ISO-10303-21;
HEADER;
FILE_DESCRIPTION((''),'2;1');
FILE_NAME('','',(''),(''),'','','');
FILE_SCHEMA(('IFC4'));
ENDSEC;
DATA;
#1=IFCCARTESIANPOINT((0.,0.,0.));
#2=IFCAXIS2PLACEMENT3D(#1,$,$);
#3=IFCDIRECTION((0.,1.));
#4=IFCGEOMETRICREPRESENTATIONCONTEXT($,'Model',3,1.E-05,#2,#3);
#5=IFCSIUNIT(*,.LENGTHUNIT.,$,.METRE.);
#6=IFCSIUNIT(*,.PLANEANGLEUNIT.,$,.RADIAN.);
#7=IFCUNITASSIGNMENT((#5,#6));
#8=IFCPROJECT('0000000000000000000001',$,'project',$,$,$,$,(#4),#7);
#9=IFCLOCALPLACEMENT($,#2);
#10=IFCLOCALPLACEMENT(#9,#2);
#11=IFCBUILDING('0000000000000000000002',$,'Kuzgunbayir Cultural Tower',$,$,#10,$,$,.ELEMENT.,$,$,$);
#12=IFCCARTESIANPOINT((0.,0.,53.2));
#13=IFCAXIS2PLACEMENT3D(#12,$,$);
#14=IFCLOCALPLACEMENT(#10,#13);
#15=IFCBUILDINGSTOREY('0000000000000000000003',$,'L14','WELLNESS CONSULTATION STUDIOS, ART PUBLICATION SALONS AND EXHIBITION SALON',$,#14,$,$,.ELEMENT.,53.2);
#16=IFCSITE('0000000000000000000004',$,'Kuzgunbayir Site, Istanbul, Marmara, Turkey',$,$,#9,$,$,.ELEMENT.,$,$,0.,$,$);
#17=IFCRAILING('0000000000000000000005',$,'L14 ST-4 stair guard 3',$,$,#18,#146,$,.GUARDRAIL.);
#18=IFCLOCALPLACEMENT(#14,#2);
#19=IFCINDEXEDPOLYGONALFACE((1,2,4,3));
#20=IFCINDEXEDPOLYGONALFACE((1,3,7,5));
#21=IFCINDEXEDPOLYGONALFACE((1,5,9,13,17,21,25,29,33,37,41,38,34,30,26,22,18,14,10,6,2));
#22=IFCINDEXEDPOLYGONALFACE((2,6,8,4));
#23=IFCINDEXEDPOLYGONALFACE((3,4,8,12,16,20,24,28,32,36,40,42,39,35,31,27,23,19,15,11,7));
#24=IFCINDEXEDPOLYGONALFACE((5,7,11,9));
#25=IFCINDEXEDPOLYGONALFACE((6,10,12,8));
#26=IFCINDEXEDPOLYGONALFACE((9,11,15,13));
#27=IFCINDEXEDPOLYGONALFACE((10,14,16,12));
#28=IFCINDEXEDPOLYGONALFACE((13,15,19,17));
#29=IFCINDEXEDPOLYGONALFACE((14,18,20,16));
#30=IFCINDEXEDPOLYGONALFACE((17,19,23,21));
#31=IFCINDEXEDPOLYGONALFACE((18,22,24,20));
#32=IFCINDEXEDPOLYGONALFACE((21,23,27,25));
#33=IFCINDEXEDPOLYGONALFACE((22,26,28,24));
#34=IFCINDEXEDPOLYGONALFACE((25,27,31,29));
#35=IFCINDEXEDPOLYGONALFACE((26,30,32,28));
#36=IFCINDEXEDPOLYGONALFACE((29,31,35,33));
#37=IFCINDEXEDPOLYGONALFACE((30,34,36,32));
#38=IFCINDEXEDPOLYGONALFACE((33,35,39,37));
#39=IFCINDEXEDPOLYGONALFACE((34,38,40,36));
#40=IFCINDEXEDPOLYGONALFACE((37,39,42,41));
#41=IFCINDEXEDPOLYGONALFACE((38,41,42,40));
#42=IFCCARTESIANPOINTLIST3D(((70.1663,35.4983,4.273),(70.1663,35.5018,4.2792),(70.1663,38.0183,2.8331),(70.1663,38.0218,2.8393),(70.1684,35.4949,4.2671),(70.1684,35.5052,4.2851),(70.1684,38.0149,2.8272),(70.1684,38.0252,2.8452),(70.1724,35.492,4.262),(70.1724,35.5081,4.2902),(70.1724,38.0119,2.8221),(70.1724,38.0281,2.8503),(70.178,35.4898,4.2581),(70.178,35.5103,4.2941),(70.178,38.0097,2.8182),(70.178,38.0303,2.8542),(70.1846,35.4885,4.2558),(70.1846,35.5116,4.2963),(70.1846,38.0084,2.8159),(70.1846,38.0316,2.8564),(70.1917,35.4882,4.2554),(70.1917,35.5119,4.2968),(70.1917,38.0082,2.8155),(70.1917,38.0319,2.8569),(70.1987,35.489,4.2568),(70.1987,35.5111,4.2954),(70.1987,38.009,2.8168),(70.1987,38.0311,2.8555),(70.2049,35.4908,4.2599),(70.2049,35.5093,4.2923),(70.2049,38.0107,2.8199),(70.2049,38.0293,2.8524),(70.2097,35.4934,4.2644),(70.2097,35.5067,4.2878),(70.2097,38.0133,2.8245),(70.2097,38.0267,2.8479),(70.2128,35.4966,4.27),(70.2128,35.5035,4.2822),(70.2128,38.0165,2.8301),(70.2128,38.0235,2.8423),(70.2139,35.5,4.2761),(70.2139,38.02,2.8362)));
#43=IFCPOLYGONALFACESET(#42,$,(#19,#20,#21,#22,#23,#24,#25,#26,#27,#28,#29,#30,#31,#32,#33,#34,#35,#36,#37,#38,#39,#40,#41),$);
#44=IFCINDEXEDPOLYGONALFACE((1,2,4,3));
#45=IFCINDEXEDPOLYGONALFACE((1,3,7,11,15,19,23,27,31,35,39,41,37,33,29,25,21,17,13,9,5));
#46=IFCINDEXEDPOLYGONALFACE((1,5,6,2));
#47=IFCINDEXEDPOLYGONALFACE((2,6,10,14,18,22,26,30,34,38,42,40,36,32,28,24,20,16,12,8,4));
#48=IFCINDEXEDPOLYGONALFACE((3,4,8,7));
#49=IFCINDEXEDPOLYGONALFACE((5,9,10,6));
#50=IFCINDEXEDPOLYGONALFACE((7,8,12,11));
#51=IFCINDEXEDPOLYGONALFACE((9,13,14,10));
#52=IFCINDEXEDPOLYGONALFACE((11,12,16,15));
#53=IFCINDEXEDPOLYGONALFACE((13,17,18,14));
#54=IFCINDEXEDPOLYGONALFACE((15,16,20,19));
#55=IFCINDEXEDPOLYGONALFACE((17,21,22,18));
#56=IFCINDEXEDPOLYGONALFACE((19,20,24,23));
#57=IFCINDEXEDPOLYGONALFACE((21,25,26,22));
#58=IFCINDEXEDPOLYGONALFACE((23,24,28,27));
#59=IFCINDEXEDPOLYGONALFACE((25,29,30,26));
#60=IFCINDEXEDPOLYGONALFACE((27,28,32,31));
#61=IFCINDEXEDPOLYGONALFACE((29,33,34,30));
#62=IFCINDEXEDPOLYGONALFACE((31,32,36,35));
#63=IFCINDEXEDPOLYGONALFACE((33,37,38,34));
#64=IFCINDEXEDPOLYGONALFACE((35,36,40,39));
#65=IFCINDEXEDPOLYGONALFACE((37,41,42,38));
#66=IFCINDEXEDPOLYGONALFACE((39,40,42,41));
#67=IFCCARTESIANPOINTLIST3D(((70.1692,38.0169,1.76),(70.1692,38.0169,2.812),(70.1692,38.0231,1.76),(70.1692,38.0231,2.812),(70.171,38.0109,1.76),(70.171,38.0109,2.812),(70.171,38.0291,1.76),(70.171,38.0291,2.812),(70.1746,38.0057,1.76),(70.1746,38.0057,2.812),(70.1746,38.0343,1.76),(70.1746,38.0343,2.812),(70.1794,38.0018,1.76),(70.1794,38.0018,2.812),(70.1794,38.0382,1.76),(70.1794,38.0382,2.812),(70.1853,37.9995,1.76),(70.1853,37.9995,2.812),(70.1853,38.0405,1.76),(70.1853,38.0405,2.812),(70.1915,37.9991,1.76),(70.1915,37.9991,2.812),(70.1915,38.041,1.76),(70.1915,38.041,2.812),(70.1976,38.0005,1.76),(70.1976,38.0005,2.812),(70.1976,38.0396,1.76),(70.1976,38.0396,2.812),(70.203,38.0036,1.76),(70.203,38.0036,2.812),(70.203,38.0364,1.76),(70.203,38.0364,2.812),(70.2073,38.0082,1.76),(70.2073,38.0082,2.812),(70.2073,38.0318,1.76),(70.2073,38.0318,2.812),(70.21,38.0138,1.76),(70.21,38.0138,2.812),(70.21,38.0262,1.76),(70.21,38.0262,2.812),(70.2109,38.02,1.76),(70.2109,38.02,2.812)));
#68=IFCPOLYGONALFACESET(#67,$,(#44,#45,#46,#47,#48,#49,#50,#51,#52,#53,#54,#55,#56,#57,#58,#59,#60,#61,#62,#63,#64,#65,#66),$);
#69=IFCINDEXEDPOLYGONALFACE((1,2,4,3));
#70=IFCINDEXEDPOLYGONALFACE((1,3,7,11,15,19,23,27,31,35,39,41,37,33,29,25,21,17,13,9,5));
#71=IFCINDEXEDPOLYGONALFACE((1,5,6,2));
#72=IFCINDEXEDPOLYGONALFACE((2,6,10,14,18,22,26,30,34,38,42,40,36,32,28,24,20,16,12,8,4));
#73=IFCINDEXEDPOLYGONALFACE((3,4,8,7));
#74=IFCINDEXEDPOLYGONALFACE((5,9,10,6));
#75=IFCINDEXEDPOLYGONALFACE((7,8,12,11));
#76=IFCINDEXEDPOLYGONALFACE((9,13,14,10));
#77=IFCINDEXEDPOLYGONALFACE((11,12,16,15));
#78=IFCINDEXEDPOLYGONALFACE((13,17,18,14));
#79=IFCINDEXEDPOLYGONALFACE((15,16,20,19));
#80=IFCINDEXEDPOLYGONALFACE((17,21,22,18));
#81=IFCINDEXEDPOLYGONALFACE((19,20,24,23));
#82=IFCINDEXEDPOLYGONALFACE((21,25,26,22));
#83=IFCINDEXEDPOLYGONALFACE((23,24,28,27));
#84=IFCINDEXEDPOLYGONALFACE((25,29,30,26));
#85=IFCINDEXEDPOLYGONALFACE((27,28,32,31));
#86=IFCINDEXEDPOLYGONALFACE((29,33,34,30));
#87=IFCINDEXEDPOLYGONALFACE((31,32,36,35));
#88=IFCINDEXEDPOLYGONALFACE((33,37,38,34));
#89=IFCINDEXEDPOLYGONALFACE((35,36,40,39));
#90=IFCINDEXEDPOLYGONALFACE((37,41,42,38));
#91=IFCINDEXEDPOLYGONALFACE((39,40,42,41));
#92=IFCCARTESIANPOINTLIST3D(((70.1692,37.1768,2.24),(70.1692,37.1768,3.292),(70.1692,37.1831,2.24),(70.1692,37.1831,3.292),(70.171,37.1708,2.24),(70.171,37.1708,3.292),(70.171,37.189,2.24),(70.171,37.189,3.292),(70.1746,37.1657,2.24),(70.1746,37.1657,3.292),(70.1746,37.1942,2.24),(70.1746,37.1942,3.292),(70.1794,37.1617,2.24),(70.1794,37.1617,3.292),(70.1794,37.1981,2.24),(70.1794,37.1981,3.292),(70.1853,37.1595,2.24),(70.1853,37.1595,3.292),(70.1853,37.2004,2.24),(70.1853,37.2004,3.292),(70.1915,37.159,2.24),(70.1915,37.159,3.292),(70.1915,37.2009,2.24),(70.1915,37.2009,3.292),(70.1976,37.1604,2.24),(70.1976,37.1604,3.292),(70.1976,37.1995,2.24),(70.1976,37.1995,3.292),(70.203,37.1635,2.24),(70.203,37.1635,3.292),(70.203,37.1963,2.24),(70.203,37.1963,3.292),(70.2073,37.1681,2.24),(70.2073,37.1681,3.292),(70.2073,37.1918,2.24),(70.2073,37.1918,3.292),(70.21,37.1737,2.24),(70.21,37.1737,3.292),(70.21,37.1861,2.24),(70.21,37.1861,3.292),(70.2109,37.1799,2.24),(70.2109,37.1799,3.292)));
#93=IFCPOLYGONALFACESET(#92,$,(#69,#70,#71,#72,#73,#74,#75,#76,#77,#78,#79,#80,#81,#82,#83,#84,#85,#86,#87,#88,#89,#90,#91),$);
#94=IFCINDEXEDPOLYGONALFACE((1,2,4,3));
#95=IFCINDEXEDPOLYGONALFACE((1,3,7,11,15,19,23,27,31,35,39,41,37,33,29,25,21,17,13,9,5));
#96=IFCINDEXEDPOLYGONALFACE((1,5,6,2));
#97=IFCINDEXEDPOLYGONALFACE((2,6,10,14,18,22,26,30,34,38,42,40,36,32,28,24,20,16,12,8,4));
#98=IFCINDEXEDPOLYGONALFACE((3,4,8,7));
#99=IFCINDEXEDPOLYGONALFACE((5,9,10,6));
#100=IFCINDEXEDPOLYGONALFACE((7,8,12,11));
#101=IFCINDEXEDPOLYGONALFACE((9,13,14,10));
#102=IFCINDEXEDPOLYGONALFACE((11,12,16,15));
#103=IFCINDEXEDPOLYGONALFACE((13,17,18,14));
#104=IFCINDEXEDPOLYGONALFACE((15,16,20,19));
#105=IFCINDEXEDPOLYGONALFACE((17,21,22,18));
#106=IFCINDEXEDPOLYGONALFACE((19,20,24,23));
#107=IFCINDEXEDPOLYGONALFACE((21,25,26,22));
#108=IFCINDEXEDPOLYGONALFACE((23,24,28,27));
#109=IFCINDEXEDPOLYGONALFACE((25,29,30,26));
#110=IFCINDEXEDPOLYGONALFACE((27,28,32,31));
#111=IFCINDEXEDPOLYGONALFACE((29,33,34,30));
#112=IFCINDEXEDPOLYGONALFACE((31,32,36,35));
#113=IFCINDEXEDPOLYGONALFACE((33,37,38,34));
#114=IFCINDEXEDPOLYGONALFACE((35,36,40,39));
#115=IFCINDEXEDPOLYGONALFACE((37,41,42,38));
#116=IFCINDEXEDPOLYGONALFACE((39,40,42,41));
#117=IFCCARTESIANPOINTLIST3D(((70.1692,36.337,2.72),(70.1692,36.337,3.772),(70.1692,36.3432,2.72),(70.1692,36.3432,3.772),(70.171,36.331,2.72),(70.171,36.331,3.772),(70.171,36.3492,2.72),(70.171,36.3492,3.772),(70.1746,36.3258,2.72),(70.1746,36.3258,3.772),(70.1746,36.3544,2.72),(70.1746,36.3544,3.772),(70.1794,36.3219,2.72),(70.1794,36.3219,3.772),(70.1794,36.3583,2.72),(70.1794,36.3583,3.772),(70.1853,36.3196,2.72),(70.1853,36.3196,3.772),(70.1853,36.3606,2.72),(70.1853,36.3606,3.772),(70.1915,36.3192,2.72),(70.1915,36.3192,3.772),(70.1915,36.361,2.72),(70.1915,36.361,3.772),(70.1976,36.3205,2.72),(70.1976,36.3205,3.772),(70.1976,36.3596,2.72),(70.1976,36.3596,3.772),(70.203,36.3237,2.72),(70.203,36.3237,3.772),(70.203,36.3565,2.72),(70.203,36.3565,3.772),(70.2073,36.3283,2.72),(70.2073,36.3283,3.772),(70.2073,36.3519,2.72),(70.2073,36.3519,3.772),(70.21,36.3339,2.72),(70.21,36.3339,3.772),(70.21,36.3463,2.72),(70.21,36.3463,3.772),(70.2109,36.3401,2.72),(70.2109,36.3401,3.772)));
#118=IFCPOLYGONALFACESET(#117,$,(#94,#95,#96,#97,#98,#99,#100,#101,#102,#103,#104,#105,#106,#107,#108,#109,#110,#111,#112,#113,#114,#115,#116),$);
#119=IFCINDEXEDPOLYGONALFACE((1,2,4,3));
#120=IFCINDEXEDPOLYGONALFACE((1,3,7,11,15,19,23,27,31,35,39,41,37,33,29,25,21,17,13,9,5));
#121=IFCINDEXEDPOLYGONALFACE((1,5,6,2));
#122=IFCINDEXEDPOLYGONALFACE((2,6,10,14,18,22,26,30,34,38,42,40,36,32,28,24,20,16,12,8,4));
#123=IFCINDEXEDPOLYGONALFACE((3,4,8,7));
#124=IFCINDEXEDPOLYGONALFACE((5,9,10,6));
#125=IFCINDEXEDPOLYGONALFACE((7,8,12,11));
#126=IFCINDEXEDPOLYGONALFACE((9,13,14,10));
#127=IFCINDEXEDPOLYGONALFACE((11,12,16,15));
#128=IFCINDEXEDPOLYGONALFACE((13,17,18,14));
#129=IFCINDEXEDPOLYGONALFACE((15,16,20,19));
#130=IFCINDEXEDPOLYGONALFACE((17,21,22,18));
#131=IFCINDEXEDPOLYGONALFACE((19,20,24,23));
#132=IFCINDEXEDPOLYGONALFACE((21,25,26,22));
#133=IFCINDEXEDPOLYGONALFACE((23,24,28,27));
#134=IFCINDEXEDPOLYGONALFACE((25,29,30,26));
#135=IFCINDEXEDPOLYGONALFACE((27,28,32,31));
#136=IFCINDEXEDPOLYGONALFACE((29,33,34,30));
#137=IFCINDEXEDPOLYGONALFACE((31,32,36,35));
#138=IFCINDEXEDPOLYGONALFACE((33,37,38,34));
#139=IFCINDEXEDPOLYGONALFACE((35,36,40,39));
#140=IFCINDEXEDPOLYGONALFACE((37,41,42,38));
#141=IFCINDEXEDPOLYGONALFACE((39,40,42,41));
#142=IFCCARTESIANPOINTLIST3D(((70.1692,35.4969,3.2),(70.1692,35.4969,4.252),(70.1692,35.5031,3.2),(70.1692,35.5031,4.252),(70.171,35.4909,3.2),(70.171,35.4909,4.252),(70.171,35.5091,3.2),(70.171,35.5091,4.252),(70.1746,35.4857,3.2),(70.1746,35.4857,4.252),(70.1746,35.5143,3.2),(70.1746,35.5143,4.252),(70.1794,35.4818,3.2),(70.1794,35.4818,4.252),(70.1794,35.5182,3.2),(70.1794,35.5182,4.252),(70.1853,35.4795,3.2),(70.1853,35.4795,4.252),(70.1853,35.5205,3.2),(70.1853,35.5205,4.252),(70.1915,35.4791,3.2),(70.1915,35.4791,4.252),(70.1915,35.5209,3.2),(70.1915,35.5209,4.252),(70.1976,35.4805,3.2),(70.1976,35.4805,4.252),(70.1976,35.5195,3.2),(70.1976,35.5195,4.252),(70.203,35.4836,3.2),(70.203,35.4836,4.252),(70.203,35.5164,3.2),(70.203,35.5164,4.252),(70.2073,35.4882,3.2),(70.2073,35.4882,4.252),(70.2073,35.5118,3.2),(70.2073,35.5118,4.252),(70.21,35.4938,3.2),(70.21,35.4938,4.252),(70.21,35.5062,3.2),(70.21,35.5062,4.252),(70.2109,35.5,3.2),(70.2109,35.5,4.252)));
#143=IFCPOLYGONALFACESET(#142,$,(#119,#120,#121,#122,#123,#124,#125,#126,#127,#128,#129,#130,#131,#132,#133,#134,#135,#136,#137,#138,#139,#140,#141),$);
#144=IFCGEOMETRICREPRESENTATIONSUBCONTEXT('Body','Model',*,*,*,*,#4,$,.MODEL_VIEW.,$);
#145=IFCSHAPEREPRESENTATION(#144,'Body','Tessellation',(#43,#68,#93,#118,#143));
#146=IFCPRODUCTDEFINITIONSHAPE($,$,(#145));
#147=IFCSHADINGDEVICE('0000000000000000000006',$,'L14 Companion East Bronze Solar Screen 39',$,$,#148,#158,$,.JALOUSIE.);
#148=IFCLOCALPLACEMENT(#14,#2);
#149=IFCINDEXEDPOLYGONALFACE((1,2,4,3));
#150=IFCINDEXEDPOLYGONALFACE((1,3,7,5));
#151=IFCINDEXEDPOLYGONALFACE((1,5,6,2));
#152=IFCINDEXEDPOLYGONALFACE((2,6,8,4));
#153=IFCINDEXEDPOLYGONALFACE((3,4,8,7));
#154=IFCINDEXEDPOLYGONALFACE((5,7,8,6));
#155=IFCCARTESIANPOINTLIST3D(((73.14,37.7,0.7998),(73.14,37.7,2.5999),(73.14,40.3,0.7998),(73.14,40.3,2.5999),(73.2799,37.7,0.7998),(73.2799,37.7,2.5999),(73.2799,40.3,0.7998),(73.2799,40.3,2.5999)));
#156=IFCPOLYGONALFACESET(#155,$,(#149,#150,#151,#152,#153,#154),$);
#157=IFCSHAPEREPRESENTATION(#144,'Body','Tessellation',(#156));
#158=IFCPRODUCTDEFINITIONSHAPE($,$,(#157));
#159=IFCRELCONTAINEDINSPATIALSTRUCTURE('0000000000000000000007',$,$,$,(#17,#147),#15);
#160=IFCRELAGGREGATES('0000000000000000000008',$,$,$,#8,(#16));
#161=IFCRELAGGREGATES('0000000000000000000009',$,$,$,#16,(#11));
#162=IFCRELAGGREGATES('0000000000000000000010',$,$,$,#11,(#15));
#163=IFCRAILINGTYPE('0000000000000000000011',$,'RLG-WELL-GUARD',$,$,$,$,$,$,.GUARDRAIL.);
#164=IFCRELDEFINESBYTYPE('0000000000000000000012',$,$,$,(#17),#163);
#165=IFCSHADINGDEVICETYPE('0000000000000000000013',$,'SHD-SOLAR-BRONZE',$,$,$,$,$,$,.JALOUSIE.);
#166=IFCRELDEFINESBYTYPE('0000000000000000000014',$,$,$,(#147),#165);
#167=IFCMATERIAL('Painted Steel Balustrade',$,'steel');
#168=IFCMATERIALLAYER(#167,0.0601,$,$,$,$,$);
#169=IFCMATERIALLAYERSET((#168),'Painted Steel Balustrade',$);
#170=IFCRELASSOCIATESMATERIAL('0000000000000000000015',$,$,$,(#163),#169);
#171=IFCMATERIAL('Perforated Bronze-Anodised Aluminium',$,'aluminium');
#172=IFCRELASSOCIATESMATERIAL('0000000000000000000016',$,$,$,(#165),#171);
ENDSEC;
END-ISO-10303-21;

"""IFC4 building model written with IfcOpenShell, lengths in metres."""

from ifc_helpers import new_model, si_unit, direction, frame, origin, origin_2d, place, context, subcontext, project, spatial, rectangle, circle, extrude, material, layer, layer_set, type_object, element, save


model = new_model("IFC4")

# Units and contexts
model_context = context("Model", 3, precision=1e-05, world=origin(), true_north=direction((0.0, 1.0)))
body_context = subcontext(model_context, "Body", "Model", "MODEL_VIEW")
ifc_project = project(units=[si_unit("LENGTHUNIT", "METRE"), si_unit("PLANEANGLEUNIT", "RADIAN")], contexts=[model_context])

# Site, building, storey
site_placement = place(None, origin())
site = spatial("IfcSite", under=ifc_project, at=site_placement, Name="Kuzgunbayir Site, Istanbul, Marmara, Turkey", CompositionType="ELEMENT", RefElevation=0.0)
building_placement = place(site_placement, origin())
building = spatial("IfcBuilding", under=site, at=building_placement, Name="Kuzgunbayir Cultural Tower", CompositionType="ELEMENT")
storey_placement = place(building_placement, frame((0.0, 0.0, 53.2)))
storey = spatial("IfcBuildingStorey", under=building, at=storey_placement, Name="L14", Description="WELLNESS CONSULTATION STUDIOS, ART PUBLICATION SALONS AND EXHIBITION SALON", CompositionType="ELEMENT", Elevation=53.2)

# Railing
ifc_material_1 = material(Name="Painted Steel Balustrade", Category="steel")
ifc_layer_1 = layer(ifc_material_1, 0.0601)
ifc_layer_set_1 = layer_set([ifc_layer_1], Name="Painted Steel Balustrade")
railing_type_1 = type_object("IfcRailingType", Name="RLG-WELL-GUARD", PredefinedType="GUARDRAIL", material=ifc_layer_set_1)
railing_1_placement = place(storey_placement, frame((70.1899, 38.02, 1.76)))
element("IfcRailing", 1, at=railing_1_placement, inside=storey, type_object=railing_type_1, Name="L14 ST-4 stair guard 3", PredefinedType="GUARDRAIL", context=body_context, shape_type="SweptSolid", body=[
    extrude(circle(Radius=0.0239, at=origin_2d()), frame((0.0, 0.0, 1.0762), z_axis=(0.0, -0.868253, 0.496121), x_axis=(1.0, 0.0, 0.0)), (0.0, 0.0, 1.0), 2.9023),
    extrude(circle(Radius=0.021, at=origin_2d()), origin(), (0.0, 0.0, 1.0), 1.052),
    extrude(circle(Radius=0.021, at=origin_2d()), frame((0.0, -0.8401, 0.48)), (0.0, 0.0, 1.0), 1.052),
    extrude(circle(Radius=0.021, at=origin_2d()), frame((0.0, -1.6799, 0.96)), (0.0, 0.0, 1.0), 1.052),
    extrude(circle(Radius=0.021, at=origin_2d()), frame((0.0, -2.52, 1.4399)), (0.0, 0.0, 1.0), 1.052),
])

# Shading device
ifc_material_2 = material(Name="Perforated Bronze-Anodised Aluminium", Category="aluminium")
shading_device_type = type_object("IfcShadingDeviceType", Name="SHD-SOLAR-BRONZE", PredefinedType="JALOUSIE", material=ifc_material_2)
shading_device_placement = place(storey_placement, frame((73.21, 39.0, 0.7998), z_axis=(0.0, 0.0, 1.0), x_axis=(1.0, 0.0, 0.0)))
element("IfcShadingDevice", 2, at=shading_device_placement, inside=storey, type_object=shading_device_type, Name="L14 Companion East Bronze Solar Screen 39", PredefinedType="JALOUSIE", context=body_context, shape_type="SweptSolid", body=[
    extrude(rectangle(XDim=0.1399, YDim=2.6001, at=origin_2d()), origin(), (0.0, 0.0, 1.0), 1.8),
])

save(model, "model.ifc")
